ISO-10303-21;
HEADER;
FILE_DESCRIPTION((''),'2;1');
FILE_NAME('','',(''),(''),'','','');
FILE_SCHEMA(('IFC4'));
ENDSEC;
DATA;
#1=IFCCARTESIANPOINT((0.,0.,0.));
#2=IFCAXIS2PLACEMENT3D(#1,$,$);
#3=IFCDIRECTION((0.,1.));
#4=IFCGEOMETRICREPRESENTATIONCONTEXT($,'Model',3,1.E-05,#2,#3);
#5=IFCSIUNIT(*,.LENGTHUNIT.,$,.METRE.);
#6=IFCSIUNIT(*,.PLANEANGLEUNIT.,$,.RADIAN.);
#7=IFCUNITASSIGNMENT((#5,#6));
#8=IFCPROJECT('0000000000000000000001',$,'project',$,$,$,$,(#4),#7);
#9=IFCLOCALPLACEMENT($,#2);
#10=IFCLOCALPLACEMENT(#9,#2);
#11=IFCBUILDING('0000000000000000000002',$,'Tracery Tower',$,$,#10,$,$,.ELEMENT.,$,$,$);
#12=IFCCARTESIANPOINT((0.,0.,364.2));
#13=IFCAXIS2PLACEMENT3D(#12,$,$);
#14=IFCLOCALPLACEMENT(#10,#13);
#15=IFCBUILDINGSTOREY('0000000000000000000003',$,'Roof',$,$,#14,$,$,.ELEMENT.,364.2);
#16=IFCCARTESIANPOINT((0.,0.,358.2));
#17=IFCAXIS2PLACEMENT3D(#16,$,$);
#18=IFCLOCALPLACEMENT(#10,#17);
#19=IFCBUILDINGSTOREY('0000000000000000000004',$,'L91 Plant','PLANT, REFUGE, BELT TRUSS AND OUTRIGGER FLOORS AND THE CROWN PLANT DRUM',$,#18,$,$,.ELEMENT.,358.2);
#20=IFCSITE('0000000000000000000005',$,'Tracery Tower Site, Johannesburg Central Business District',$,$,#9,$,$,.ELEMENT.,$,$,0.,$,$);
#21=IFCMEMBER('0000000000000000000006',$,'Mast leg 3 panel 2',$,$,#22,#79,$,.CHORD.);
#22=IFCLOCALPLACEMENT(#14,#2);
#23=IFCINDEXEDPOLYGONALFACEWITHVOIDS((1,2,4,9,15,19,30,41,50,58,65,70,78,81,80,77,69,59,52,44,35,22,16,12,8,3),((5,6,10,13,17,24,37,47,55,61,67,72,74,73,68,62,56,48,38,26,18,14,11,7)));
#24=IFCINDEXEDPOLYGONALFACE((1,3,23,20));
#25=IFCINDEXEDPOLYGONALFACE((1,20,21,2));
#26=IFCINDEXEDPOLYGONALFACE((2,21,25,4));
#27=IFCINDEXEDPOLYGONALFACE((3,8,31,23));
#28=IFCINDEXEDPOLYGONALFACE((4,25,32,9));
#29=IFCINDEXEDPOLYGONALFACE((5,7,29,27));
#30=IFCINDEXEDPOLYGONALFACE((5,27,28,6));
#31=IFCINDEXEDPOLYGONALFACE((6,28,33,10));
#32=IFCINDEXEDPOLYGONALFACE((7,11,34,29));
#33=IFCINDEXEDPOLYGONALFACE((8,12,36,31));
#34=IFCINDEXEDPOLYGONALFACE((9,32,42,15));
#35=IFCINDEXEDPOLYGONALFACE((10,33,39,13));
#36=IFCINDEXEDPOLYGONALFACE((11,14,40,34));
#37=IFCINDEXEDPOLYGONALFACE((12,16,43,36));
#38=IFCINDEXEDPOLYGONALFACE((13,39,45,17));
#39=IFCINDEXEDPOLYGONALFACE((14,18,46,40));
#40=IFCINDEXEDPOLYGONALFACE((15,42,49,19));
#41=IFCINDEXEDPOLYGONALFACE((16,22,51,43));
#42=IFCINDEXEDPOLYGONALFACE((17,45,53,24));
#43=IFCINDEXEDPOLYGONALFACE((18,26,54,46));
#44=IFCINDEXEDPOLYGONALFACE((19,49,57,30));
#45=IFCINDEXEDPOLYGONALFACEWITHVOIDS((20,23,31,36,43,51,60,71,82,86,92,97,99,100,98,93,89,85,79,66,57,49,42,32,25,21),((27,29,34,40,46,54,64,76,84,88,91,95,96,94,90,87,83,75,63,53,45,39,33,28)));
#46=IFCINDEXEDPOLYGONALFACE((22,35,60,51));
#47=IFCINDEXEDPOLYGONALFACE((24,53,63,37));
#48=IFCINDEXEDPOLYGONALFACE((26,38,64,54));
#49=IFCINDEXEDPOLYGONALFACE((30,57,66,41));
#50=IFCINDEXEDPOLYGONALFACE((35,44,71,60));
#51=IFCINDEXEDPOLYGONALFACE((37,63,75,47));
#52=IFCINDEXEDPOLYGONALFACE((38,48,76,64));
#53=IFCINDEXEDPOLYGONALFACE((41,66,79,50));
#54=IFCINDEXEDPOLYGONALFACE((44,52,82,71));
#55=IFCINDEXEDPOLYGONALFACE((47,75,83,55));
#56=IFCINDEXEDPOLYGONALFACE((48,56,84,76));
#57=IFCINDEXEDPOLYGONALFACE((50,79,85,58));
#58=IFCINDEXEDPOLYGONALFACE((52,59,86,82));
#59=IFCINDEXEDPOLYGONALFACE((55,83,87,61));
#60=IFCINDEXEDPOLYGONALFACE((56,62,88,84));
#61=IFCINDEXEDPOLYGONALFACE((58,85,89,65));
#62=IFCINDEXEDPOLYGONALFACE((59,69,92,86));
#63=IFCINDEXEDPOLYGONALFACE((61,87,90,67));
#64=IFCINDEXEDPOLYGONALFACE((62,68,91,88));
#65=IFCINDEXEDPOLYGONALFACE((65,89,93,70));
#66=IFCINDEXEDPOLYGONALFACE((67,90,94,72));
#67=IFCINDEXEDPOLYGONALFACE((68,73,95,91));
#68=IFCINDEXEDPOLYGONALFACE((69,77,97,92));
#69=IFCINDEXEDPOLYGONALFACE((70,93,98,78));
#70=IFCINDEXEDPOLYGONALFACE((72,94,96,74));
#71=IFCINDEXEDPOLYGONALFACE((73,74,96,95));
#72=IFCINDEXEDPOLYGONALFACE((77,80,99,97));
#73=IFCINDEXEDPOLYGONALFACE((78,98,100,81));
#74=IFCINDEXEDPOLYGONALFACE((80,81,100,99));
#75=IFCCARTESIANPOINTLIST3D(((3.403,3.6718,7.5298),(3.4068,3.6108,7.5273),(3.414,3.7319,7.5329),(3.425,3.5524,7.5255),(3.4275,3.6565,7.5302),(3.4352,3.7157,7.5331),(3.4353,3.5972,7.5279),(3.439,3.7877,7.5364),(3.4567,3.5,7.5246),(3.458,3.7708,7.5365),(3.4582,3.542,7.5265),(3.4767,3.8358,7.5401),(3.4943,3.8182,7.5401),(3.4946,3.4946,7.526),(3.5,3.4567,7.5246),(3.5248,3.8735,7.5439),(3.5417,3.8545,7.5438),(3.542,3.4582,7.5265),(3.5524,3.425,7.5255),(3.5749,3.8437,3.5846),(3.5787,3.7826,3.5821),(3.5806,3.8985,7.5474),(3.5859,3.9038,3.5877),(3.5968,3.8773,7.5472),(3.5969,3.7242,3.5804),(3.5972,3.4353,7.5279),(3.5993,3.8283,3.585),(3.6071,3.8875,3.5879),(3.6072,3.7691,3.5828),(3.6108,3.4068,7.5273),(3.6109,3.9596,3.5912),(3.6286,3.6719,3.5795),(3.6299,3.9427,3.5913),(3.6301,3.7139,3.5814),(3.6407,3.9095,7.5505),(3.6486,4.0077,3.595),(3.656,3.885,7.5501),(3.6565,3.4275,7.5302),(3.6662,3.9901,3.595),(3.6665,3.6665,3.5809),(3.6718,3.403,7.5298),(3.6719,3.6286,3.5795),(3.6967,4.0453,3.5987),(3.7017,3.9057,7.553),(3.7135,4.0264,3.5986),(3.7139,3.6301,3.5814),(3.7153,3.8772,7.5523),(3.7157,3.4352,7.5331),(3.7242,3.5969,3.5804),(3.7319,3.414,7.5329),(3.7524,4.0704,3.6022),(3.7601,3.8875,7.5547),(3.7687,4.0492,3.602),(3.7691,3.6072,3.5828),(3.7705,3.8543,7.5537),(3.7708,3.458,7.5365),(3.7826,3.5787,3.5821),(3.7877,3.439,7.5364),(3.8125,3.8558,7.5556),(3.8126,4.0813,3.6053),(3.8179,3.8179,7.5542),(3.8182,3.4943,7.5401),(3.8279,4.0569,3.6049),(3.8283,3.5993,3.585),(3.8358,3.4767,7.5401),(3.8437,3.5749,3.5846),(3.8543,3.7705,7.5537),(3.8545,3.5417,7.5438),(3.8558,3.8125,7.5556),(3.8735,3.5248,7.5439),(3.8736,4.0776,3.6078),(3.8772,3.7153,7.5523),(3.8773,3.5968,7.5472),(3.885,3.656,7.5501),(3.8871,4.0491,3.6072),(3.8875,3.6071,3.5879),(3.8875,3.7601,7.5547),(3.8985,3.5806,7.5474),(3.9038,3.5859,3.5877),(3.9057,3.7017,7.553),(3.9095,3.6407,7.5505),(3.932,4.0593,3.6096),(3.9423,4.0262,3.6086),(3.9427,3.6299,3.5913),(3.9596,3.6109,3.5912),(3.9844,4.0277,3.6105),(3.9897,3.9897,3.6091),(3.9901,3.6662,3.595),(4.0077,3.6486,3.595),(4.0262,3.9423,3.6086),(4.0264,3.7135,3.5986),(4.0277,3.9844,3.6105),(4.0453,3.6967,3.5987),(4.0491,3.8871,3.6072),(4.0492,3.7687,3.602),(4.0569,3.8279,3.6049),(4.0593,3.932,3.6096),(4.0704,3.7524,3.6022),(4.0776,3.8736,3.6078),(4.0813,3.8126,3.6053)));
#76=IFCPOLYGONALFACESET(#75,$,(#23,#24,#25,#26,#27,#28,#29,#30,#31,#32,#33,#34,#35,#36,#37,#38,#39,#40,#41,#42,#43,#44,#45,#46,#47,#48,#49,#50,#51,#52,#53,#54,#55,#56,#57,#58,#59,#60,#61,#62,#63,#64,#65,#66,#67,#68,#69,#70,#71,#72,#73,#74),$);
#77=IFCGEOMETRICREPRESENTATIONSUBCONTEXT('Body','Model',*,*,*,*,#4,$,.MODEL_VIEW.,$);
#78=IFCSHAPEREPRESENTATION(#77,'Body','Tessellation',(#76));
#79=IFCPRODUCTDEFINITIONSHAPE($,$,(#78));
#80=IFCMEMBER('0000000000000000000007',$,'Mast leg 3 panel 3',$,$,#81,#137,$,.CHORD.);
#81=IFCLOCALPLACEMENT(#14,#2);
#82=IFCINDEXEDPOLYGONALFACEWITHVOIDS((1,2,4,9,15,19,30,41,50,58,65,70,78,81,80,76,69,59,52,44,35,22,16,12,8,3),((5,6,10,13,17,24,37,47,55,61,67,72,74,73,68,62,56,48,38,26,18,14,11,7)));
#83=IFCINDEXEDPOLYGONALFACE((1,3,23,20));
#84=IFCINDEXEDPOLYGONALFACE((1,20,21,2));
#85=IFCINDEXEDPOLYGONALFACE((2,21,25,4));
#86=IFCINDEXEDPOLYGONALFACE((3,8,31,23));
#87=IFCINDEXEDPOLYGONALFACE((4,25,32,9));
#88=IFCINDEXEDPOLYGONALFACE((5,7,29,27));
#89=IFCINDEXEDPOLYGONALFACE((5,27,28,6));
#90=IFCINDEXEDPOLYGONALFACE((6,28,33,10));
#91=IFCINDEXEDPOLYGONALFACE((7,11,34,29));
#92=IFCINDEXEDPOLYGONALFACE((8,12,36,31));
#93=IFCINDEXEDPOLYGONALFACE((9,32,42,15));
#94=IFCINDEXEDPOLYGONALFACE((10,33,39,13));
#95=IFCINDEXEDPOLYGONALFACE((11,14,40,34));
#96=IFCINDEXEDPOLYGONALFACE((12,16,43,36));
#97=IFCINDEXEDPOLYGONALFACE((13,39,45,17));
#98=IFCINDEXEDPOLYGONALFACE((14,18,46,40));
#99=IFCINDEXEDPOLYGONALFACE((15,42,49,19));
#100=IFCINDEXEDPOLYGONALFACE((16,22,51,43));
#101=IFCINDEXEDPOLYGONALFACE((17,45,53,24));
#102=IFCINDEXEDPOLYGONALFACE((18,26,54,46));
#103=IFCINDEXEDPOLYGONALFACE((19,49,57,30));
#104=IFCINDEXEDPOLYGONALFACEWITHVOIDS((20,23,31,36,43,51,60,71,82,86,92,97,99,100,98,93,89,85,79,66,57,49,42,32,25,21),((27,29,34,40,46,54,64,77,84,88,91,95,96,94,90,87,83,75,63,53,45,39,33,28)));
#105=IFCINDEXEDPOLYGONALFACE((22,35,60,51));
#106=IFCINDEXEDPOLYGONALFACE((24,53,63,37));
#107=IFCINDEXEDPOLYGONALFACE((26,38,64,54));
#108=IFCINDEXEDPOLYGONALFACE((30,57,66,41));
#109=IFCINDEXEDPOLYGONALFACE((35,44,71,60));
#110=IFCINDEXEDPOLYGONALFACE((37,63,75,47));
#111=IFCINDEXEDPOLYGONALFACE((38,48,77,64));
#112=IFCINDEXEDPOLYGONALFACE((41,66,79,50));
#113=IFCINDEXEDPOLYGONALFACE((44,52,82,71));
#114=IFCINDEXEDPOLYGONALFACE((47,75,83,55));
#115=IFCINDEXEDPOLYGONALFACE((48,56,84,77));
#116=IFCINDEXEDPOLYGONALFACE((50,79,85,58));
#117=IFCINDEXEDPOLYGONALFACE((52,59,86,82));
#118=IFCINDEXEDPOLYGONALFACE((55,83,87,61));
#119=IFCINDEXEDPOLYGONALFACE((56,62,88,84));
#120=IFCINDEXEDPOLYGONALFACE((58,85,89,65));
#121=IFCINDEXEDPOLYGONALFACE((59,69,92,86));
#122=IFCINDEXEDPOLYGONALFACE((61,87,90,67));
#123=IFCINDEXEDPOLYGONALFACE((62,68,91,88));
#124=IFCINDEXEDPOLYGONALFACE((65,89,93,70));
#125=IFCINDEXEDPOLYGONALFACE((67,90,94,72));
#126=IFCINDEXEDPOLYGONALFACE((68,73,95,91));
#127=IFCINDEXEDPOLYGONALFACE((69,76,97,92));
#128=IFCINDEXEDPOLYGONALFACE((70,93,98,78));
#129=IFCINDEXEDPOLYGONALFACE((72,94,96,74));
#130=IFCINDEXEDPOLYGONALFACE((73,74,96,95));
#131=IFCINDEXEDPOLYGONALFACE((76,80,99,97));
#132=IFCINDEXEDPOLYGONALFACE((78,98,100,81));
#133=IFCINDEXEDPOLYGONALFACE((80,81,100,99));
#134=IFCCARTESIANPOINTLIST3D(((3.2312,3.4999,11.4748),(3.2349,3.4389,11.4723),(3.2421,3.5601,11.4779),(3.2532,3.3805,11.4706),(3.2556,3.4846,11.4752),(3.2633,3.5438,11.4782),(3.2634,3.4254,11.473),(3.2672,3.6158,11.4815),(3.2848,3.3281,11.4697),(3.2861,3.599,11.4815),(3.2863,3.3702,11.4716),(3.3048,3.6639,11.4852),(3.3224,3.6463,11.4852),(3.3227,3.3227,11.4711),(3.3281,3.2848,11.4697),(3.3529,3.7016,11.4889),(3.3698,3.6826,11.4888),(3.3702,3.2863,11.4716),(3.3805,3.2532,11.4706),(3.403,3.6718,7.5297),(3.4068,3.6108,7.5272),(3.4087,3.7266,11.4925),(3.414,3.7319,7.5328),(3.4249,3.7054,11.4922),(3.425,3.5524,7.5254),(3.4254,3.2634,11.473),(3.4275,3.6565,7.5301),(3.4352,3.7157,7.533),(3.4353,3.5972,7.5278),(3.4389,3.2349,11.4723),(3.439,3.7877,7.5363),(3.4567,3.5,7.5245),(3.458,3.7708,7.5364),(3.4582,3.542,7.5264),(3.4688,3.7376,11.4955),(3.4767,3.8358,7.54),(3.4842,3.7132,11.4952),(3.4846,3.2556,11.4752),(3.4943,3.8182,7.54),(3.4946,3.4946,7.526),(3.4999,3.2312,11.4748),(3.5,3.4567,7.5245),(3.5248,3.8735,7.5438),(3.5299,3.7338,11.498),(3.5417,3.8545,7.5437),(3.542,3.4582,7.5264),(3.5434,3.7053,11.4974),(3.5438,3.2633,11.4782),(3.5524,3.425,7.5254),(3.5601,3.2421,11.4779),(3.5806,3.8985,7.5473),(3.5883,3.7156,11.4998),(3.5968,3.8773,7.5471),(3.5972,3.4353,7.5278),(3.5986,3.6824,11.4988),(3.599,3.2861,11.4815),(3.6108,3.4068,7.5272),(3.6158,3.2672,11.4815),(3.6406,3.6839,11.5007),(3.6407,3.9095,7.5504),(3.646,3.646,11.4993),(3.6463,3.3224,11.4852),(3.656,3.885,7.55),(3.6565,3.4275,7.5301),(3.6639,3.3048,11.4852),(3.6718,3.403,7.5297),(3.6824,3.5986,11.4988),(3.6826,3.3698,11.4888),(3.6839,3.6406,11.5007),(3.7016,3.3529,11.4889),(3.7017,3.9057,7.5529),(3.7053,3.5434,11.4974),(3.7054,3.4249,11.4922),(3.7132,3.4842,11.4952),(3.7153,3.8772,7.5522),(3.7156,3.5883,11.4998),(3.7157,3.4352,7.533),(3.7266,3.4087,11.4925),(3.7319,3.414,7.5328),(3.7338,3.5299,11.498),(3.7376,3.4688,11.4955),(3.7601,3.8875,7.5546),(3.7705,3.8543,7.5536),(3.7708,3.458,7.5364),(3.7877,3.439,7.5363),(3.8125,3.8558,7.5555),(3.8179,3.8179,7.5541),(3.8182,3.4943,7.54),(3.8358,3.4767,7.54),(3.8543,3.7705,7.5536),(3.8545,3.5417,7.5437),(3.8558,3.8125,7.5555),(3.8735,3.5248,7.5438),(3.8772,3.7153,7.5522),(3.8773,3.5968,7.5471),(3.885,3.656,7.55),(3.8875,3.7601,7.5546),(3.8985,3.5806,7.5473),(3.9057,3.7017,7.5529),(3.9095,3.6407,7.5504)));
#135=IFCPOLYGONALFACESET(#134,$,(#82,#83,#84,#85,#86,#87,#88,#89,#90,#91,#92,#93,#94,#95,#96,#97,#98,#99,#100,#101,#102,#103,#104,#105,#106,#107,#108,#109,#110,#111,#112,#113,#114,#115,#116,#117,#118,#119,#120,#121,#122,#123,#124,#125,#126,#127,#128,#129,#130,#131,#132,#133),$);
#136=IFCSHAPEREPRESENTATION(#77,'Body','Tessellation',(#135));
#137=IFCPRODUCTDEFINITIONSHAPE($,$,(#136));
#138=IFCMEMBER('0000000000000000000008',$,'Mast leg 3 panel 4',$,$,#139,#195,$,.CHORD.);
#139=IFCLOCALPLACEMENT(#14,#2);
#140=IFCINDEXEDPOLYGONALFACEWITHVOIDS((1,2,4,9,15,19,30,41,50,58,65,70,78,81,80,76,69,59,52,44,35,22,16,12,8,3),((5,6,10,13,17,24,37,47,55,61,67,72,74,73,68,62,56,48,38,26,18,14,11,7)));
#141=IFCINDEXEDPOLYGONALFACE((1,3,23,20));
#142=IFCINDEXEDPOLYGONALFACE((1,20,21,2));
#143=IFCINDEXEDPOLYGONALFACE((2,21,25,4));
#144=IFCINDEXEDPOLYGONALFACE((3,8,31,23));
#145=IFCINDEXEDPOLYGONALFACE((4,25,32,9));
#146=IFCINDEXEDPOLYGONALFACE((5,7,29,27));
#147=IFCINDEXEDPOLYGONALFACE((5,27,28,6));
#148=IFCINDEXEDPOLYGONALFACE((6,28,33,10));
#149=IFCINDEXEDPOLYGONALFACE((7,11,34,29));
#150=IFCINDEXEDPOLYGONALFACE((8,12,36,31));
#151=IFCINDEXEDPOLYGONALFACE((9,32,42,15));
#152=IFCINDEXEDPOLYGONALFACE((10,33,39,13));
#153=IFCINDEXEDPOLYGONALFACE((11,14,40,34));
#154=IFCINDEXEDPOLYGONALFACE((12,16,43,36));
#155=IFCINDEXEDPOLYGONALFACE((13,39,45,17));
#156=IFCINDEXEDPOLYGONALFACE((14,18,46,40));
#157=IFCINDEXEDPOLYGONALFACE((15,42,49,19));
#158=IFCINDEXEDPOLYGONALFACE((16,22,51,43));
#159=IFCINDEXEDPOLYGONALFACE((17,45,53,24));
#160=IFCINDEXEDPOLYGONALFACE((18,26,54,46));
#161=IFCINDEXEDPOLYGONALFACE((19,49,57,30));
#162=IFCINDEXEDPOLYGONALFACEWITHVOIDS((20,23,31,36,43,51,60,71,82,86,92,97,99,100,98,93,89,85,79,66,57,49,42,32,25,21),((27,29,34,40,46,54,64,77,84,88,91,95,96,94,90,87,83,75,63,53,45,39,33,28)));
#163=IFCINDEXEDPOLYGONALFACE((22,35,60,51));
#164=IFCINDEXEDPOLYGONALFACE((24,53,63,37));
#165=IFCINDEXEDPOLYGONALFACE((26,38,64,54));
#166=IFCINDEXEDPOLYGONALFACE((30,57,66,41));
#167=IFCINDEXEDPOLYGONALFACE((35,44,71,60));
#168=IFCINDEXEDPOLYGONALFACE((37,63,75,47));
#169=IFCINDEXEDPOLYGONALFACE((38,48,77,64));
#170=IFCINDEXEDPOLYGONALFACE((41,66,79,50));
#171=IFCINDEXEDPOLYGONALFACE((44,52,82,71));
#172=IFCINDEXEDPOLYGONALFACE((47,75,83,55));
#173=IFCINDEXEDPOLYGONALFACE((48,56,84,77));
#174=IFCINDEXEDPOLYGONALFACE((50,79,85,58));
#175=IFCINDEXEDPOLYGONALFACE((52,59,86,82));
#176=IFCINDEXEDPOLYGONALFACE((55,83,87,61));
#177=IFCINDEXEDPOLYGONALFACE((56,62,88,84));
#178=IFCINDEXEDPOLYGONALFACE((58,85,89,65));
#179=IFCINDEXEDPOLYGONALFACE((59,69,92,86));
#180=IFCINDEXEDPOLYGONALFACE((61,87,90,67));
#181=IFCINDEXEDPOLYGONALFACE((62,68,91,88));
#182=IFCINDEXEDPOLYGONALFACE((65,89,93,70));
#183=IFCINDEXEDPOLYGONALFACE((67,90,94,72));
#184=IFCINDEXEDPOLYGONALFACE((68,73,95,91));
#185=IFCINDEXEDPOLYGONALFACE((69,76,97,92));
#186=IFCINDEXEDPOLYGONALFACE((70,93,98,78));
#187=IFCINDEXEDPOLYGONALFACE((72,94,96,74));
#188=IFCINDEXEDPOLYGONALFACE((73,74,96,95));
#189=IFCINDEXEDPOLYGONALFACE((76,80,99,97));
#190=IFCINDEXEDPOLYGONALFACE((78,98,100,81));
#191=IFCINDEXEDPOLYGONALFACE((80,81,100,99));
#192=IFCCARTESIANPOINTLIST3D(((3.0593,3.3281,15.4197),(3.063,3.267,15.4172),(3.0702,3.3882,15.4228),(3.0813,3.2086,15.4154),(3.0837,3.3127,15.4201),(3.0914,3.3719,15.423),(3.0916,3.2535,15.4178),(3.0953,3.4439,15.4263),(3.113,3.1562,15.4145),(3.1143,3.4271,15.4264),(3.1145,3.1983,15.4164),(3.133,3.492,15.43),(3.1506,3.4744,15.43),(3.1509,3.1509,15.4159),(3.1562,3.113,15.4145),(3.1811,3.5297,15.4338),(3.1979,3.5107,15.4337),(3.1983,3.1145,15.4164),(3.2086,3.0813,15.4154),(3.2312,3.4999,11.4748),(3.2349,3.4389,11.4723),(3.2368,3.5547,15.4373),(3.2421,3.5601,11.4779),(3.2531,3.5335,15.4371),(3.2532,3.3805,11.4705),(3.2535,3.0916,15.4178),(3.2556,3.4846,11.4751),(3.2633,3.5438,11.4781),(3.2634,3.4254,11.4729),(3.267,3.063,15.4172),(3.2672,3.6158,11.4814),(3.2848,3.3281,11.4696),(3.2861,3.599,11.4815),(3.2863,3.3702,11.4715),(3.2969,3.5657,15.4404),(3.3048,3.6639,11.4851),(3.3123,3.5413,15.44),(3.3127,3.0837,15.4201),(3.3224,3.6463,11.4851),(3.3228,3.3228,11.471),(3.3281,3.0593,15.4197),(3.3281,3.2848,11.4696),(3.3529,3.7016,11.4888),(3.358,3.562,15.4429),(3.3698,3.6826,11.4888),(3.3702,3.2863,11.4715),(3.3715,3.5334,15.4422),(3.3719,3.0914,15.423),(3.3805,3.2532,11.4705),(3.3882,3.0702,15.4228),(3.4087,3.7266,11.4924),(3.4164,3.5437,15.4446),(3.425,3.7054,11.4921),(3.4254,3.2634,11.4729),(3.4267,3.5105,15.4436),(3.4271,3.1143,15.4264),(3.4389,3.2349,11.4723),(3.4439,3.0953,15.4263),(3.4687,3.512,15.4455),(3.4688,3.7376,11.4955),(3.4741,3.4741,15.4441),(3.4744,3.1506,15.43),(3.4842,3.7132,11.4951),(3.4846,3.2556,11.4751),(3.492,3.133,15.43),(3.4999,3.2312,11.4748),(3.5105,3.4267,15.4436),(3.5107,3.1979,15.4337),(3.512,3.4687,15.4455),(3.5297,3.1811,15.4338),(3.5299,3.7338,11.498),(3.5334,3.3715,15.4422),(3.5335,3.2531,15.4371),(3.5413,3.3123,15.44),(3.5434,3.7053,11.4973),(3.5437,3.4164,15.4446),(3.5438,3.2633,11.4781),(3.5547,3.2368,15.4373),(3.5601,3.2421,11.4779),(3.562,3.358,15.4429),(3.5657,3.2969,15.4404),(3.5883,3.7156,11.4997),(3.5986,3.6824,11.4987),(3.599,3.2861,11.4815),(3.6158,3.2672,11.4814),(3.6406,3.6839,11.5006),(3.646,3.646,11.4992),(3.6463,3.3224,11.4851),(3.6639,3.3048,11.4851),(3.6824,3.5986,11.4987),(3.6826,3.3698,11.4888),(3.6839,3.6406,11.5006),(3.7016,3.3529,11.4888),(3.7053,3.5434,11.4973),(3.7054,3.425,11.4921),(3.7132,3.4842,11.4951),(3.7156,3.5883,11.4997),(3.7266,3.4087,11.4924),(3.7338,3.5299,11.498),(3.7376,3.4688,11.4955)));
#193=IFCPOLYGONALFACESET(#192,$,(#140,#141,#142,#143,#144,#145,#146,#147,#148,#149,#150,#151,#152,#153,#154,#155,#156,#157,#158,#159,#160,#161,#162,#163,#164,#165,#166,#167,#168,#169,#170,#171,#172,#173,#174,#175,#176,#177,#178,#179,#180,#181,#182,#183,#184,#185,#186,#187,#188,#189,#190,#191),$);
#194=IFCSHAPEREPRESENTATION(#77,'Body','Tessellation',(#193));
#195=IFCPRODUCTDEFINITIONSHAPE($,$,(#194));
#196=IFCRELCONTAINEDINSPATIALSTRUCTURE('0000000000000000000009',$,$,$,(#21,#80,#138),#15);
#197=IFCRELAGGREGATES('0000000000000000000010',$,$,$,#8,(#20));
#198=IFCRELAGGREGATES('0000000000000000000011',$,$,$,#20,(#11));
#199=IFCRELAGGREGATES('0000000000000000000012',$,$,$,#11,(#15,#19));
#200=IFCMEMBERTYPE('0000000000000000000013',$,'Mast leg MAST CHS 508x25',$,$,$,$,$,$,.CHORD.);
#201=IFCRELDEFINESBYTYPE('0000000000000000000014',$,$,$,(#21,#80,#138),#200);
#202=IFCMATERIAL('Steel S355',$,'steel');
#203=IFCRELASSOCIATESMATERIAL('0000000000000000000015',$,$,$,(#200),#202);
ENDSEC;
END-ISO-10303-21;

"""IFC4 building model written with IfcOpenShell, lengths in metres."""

from ifc_helpers import new_model, si_unit, direction, frame, origin, origin_2d, place, context, subcontext, project, spatial, hollow_circle, extrude, material, material_profile, profile_set, type_object, element, save


model = new_model("IFC4")

# Units and contexts
model_context = context("Model", 3, precision=1e-05, world=origin(), true_north=direction((0.0, 1.0)))
body_context = subcontext(model_context, "Body", "Model", "MODEL_VIEW")
ifc_project = project(units=[si_unit("LENGTHUNIT", "METRE"), si_unit("PLANEANGLEUNIT", "RADIAN")], contexts=[model_context])

# Site, building, storey
site_placement = place(None, origin())
site = spatial("IfcSite", under=ifc_project, at=site_placement, Name="Tracery Tower Site, Johannesburg Central Business District", CompositionType="ELEMENT", RefElevation=0.0)
building_placement = place(site_placement, origin())
building = spatial("IfcBuilding", under=site, at=building_placement, Name="Tracery Tower", CompositionType="ELEMENT")
storey_1_placement = place(building_placement, frame((0.0, 0.0, 364.2)))
storey_1 = spatial("IfcBuildingStorey", under=building, at=storey_1_placement, Name="Roof", CompositionType="ELEMENT", Elevation=364.2)

# Members
ifc_material_1 = material(Name="Steel S355", Category="steel")
ifc_material_profile_1 = material_profile(ifc_material_1, hollow_circle(Radius=0.2539, WallThickness=0.0249, at=origin_2d()), Name="CHS 508x25")
ifc_profile_set_1 = profile_set([ifc_material_profile_1], Name="Steel S355")
member_type_1 = type_object("IfcMemberType", Name="Mast leg MAST CHS 508x25", PredefinedType="CHORD", material=ifc_profile_set_1)
for number, where, z_axis, x_axis, name in (
    (1, (3.8281, 3.8281, 3.595), (-0.043485, -0.043485, 0.998107), (0.707107, -0.707107, 0.0), "Mast leg 3 panel 2"),
    (2, (3.6562, 3.6562, 7.54), (-0.043485, -0.043485, 0.998107), (0.707107, -0.707107, 0.0), "Mast leg 3 panel 3"),
):
    element("IfcMember", number, at=place(storey_1_placement, frame(where, z_axis=z_axis, x_axis=x_axis)), inside=storey_1, type_object=member_type_1, Name=name, PredefinedType="CHORD", context=body_context, shape_type="SweptSolid", body=[
        extrude(hollow_circle(Radius=0.2539, WallThickness=0.0249, at=origin_2d()), origin(), (0.0, 0.0, 1.0), 3.9526),
    ])
member_1_placement = place(storey_1_placement, frame((3.4844, 3.4844, 11.4851), z_axis=(-0.043487, -0.043487, 0.998107), x_axis=(0.707107, -0.707107, 0.0)))
element("IfcMember", 3, at=member_1_placement, inside=storey_1, type_object=member_type_1, Name="Mast leg 3 panel 4", PredefinedType="CHORD", context=body_context, shape_type="SweptSolid", body=[
    extrude(hollow_circle(Radius=0.2539, WallThickness=0.0249, at=origin_2d()), origin(), (0.0, 0.0, 1.0), 3.9524),
])

# Shared definitions
storey_2_placement = place(building_placement, frame((0.0, 0.0, 358.2)))
storey_2 = spatial("IfcBuildingStorey", under=building, at=storey_2_placement, Name="L91 Plant", Description="PLANT, REFUGE, BELT TRUSS AND OUTRIGGER FLOORS AND THE CROWN PLANT DRUM", CompositionType="ELEMENT", Elevation=358.2)

save(model, "model.ifc")
